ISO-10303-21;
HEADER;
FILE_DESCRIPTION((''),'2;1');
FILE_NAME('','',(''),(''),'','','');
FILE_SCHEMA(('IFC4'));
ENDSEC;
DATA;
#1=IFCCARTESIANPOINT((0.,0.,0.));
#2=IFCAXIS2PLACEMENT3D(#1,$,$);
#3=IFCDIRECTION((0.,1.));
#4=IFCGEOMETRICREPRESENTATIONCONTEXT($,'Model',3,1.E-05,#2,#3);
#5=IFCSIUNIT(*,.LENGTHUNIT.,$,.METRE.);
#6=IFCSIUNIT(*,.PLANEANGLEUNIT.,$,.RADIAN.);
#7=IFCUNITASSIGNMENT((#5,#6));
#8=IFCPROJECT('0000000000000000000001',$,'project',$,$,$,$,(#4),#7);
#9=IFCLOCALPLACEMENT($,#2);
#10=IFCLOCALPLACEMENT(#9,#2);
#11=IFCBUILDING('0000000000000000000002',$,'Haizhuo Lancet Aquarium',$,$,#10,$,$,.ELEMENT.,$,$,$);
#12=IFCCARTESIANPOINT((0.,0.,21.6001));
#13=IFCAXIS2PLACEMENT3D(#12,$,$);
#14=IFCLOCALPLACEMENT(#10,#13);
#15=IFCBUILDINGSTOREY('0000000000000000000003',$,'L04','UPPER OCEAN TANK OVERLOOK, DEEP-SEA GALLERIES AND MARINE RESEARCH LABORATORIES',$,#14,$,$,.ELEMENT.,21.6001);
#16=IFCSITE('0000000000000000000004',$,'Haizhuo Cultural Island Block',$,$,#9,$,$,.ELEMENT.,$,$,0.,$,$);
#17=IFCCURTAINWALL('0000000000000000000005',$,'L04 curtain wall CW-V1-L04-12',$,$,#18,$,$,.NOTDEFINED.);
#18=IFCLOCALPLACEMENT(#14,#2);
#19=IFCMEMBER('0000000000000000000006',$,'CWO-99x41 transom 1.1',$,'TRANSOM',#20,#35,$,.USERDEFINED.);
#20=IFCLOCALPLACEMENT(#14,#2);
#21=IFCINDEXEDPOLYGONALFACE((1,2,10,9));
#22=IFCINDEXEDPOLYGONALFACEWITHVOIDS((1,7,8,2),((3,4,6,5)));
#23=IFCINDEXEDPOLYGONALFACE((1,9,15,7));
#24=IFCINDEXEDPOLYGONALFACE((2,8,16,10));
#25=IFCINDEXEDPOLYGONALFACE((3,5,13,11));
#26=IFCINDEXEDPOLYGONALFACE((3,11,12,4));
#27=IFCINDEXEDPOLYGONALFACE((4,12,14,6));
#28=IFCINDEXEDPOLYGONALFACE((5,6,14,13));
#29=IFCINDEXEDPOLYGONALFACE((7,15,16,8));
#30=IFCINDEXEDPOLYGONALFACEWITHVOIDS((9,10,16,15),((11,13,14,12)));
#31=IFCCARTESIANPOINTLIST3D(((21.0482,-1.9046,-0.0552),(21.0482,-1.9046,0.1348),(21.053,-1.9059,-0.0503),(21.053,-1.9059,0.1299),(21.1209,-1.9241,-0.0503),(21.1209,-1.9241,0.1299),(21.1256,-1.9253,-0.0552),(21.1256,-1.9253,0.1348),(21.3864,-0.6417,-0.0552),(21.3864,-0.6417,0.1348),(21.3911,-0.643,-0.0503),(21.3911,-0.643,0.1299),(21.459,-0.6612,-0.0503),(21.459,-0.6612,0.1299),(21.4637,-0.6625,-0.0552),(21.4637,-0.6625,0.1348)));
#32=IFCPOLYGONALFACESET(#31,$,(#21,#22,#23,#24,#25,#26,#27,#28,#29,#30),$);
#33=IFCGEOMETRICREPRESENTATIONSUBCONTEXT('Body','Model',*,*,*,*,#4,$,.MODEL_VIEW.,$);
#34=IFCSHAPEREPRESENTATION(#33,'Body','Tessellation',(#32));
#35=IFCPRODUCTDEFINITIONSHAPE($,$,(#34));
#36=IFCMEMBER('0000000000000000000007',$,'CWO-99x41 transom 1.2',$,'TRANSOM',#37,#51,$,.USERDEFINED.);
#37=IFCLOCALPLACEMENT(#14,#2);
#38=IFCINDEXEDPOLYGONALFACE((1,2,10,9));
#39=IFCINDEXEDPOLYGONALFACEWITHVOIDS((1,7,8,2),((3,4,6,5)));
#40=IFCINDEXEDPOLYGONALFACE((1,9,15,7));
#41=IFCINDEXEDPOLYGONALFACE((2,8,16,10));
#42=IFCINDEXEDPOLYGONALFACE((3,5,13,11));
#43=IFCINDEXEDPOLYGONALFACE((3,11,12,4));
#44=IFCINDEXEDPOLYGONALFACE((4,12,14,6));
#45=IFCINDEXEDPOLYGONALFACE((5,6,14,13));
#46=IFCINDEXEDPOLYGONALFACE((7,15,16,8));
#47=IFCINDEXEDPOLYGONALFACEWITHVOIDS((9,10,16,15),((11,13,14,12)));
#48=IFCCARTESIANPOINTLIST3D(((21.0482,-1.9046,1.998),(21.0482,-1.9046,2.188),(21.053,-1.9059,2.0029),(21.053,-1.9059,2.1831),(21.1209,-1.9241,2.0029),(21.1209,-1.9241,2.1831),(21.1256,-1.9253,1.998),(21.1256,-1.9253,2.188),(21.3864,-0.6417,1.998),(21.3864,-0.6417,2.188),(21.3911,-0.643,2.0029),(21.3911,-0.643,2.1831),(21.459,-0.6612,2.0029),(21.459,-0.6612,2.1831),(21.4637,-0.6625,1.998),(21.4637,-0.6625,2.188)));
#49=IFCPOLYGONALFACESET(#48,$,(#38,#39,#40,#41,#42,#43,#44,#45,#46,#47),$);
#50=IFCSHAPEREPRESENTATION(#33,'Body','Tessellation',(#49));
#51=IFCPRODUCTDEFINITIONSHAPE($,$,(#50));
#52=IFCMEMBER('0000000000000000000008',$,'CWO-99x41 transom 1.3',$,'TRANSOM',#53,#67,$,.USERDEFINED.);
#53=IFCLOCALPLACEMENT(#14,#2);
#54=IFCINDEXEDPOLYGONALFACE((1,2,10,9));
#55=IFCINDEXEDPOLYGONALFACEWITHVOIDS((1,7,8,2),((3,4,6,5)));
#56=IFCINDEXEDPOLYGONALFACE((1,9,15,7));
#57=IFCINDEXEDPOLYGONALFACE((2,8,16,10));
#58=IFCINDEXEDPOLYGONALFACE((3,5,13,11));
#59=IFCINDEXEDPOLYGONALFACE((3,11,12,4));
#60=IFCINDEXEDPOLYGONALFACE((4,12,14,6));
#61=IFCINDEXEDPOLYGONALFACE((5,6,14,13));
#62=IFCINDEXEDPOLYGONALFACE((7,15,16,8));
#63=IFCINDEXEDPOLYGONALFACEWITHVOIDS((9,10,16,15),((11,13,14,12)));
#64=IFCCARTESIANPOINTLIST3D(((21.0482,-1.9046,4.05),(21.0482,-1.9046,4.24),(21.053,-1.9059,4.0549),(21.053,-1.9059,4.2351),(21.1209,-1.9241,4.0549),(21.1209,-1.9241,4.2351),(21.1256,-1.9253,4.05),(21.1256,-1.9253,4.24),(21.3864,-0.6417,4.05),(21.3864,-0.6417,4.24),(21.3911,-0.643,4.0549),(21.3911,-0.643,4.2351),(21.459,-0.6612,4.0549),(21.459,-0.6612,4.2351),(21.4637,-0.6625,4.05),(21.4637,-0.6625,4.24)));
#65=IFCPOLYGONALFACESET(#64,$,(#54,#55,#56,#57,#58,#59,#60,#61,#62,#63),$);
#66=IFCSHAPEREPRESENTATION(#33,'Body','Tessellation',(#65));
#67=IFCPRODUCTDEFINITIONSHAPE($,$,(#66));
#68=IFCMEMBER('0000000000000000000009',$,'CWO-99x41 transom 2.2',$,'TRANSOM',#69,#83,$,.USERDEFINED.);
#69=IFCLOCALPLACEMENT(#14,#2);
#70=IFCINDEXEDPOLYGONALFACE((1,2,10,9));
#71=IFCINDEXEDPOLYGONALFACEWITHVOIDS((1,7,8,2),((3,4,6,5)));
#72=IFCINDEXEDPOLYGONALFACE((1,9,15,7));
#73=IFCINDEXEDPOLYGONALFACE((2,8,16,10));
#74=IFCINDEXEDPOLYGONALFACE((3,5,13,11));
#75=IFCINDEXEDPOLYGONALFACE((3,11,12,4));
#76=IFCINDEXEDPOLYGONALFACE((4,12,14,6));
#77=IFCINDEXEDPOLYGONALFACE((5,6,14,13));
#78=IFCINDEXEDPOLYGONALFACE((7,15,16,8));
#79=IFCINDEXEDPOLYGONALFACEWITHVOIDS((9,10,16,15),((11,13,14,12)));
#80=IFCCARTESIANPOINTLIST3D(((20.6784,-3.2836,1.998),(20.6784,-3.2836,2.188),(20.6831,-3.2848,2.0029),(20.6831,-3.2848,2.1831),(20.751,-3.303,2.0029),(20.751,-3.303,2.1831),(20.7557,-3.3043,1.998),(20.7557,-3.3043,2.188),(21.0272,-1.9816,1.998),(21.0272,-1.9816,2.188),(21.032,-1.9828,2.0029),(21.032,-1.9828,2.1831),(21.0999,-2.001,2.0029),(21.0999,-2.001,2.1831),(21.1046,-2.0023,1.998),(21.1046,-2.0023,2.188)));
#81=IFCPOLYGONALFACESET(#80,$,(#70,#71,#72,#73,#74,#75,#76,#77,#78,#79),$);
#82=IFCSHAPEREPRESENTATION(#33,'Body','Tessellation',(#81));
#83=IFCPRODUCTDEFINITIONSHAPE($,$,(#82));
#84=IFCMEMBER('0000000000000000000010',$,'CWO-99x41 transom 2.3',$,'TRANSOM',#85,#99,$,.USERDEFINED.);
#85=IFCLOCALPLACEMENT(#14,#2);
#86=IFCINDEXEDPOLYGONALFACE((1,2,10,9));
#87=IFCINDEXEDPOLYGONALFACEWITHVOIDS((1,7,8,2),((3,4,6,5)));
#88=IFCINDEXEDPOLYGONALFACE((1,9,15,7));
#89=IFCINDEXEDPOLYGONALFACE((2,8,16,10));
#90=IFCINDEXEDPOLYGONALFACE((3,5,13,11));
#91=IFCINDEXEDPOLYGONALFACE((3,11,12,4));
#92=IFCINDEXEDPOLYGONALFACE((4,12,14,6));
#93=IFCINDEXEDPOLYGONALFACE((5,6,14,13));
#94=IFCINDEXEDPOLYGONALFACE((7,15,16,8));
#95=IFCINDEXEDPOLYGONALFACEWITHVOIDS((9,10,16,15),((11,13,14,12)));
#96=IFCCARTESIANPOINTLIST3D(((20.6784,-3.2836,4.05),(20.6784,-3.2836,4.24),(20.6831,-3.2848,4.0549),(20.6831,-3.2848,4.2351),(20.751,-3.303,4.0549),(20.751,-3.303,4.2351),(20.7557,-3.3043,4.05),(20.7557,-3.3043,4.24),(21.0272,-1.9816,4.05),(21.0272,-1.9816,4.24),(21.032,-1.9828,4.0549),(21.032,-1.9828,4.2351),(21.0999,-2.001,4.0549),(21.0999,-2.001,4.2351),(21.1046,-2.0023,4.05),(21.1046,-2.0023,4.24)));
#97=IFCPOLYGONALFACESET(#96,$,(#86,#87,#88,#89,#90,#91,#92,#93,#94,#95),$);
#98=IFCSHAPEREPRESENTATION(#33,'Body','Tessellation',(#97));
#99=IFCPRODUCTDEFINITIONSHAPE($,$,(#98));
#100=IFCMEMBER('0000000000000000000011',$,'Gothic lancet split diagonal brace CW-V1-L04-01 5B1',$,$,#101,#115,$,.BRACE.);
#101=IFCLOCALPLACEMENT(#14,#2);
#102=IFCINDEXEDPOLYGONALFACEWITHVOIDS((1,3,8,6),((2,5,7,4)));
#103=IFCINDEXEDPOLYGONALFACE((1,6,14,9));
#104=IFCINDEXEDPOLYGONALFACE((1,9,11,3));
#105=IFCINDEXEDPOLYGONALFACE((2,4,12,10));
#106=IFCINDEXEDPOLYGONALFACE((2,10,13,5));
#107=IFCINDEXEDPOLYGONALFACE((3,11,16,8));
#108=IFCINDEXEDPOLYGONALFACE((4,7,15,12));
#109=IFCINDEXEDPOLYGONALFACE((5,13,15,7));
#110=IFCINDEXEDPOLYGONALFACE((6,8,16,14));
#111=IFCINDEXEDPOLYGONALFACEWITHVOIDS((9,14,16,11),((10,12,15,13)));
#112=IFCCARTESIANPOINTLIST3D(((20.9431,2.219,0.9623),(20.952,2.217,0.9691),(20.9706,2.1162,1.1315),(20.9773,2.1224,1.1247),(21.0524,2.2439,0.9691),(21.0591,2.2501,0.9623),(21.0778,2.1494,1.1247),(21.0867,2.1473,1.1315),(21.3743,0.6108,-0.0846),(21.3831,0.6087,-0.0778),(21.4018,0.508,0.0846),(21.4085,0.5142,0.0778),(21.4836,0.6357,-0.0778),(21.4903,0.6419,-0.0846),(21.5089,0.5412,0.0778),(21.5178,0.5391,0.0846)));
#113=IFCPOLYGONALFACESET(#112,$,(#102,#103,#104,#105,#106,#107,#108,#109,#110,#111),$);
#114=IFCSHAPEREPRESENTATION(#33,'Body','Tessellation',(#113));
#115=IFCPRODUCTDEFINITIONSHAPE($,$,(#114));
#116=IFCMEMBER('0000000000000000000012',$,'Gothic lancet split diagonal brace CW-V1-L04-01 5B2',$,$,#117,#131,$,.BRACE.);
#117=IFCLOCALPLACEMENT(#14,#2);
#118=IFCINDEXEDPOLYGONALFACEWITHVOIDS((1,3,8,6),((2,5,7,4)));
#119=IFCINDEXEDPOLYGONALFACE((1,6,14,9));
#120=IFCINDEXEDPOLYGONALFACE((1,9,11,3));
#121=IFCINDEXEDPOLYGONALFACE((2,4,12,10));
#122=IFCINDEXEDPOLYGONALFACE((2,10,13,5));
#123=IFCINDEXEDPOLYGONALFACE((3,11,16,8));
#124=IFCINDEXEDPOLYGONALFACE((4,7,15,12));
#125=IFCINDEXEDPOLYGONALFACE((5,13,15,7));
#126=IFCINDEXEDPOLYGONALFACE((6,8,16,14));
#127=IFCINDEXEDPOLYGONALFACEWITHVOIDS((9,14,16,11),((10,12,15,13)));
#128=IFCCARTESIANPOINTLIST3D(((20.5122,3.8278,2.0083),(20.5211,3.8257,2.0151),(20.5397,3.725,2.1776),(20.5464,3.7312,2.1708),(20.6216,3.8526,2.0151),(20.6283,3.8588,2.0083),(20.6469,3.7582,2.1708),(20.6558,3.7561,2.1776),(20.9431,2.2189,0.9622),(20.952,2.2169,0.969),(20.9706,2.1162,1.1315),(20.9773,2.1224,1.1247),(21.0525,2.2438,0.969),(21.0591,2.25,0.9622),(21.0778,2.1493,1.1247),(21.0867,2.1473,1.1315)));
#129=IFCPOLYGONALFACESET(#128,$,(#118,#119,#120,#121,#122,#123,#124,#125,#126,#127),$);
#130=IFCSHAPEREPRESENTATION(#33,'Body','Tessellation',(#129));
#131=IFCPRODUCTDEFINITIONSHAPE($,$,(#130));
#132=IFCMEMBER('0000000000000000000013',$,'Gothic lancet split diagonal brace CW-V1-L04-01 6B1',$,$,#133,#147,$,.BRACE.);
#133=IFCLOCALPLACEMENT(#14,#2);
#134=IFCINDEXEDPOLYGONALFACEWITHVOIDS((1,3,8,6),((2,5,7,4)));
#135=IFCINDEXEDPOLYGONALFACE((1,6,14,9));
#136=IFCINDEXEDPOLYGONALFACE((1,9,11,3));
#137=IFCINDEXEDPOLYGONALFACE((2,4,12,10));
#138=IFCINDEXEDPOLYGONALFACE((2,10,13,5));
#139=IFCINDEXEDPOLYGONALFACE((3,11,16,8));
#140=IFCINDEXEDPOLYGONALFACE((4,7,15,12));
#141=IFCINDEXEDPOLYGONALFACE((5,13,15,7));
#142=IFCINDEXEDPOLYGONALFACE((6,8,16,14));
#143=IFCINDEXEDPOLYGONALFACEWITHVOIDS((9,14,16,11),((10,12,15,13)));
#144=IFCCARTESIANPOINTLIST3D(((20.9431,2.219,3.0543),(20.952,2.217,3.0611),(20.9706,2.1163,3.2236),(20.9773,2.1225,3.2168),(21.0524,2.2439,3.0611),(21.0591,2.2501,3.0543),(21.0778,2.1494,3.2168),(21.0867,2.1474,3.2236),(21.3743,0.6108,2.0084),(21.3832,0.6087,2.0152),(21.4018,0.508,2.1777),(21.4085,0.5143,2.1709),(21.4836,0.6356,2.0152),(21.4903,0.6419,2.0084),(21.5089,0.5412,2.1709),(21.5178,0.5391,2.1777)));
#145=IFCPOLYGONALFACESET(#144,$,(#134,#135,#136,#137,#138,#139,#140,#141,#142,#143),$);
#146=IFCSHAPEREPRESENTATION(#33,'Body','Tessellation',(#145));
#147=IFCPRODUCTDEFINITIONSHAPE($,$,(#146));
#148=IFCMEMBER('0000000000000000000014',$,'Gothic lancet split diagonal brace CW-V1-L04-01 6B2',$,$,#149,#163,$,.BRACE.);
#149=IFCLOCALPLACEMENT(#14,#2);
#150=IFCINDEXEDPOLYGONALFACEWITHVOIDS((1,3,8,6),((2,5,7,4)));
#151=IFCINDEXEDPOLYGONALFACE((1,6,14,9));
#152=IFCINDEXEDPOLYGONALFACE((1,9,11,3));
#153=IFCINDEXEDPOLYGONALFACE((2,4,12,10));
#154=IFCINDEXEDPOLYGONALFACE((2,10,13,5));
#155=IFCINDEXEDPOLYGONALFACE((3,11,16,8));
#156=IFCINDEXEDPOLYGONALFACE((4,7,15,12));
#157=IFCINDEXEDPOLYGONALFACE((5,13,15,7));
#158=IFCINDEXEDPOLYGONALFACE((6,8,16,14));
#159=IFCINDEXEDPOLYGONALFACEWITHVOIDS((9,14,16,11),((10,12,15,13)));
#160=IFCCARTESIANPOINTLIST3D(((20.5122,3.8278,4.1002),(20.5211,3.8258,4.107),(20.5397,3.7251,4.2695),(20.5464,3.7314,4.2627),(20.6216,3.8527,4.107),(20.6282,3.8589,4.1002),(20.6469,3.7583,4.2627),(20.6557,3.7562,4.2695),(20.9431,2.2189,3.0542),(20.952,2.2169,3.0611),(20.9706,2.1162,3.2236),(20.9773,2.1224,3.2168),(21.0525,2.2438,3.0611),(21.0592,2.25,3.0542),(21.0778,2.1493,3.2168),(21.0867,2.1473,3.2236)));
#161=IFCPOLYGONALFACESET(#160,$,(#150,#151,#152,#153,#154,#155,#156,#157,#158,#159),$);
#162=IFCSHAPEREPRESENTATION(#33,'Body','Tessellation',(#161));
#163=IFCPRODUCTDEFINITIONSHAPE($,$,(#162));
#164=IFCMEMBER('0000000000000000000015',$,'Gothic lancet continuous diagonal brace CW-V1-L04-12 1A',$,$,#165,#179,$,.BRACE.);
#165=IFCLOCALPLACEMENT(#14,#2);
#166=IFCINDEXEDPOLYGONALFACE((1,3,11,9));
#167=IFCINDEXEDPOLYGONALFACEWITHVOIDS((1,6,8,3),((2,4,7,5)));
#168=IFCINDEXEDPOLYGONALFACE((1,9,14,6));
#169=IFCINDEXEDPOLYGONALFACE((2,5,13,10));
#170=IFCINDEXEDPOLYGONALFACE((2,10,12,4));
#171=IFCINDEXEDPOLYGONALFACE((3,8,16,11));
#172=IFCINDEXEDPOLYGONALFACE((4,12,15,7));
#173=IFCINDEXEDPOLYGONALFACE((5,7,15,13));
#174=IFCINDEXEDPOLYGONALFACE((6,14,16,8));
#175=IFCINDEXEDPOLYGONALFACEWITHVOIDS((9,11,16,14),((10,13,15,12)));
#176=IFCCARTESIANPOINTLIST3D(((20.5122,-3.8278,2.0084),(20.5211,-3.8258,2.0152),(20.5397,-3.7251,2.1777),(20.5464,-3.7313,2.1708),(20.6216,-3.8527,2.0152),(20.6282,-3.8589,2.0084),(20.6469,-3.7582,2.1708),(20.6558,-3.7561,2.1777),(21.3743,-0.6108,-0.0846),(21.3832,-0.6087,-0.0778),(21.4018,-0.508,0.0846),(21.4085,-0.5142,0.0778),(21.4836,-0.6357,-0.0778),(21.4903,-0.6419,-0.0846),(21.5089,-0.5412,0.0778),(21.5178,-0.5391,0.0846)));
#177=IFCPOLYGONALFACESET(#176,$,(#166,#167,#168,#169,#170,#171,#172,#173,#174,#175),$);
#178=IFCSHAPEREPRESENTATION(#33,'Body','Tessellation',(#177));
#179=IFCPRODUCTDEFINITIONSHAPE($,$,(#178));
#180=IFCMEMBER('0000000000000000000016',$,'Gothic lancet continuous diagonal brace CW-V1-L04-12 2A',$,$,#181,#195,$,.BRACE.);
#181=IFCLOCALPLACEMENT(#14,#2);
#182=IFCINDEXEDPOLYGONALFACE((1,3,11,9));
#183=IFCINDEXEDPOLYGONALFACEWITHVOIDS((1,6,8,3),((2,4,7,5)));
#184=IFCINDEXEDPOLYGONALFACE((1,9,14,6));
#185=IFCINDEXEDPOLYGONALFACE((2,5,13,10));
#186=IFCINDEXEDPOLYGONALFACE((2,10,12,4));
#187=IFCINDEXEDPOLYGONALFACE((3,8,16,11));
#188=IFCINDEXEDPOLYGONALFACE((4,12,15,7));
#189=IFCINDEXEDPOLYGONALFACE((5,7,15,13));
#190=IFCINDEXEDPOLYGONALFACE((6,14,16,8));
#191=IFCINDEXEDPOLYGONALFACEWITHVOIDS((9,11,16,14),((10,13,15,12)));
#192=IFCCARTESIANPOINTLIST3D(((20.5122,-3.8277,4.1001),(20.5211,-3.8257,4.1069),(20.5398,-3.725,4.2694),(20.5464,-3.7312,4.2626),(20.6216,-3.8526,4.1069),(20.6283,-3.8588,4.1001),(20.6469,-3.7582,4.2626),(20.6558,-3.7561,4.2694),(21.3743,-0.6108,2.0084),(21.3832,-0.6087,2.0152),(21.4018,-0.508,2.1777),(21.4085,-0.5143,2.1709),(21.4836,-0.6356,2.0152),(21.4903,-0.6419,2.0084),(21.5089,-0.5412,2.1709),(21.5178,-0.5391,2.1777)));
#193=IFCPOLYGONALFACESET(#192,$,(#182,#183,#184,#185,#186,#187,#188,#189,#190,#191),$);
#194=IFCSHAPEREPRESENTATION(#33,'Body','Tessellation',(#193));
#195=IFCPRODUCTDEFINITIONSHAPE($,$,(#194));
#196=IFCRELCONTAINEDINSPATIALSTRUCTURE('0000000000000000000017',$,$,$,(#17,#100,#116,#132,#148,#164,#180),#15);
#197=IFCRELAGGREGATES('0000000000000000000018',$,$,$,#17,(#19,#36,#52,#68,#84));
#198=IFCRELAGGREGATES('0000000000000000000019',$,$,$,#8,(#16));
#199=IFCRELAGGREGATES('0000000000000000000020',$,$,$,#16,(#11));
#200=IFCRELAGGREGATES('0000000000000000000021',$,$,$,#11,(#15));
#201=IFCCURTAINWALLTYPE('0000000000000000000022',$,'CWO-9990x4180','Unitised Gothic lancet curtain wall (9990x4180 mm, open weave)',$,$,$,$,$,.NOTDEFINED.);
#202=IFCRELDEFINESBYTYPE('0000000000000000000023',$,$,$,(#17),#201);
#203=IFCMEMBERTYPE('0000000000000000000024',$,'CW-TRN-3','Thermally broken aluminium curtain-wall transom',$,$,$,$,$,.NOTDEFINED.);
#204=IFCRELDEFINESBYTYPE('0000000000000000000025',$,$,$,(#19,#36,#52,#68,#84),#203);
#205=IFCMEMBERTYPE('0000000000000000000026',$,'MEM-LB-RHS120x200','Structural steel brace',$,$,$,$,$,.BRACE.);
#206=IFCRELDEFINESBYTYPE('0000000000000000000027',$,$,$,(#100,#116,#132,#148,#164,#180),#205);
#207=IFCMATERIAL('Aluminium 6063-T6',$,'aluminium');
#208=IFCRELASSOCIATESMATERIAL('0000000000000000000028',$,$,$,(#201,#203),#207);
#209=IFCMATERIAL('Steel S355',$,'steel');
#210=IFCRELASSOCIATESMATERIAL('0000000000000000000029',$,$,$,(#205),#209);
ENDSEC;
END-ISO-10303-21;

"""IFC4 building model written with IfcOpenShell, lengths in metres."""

from ifc_helpers import new_model, si_unit, direction, frame, origin, origin_2d, place, context, subcontext, project, spatial, hollow_rectangle, extrude, material, material_profile, profile_set, type_object, element, aggregate, save


model = new_model("IFC4")

# Units and contexts
model_context = context("Model", 3, precision=1e-05, world=origin(), true_north=direction((0.0, 1.0)))
body_context = subcontext(model_context, "Body", "Model", "MODEL_VIEW")
ifc_project = project(units=[si_unit("LENGTHUNIT", "METRE"), si_unit("PLANEANGLEUNIT", "RADIAN")], contexts=[model_context])

# Site, building, storey
site_placement = place(None, origin())
site = spatial("IfcSite", under=ifc_project, at=site_placement, Name="Haizhuo Cultural Island Block", CompositionType="ELEMENT", RefElevation=0.0)
building_placement = place(site_placement, origin())
building = spatial("IfcBuilding", under=site, at=building_placement, Name="Haizhuo Lancet Aquarium", CompositionType="ELEMENT")
storey_placement = place(building_placement, frame((0.0, 0.0, 21.6001)))
storey = spatial("IfcBuildingStorey", under=building, at=storey_placement, Name="L04", Description="UPPER OCEAN TANK OVERLOOK, DEEP-SEA GALLERIES AND MARINE RESEARCH LABORATORIES", CompositionType="ELEMENT", Elevation=21.6001)

# Curtain wall
ifc_material_1 = material(Name="Aluminium 6063-T6", Category="aluminium")
curtain_wall_type = type_object("IfcCurtainWallType", Name="CWO-9990x4180", Description="Unitised Gothic lancet curtain wall (9990x4180 mm, open weave)", PredefinedType="NOTDEFINED", material=ifc_material_1)
curtain_wall_1_placement = place(storey_placement, origin())
curtain_wall_1 = element("IfcCurtainWall", 1, at=curtain_wall_1_placement, inside=storey, type_object=curtain_wall_type, Name="L04 curtain wall CW-V1-L04-12", PredefinedType="NOTDEFINED")

# Members
ifc_material_profile_1 = material_profile(ifc_material_1, hollow_rectangle(XDim=0.0801, YDim=0.1899, WallThickness=0.0049, at=origin_2d()), Name="ALU-T 80x190x5")
ifc_profile_set_1 = profile_set([ifc_material_profile_1], Name="Aluminium 6063-T6")
member_type_1 = type_object("IfcMemberType", Name="CW-TRN-3", Description="Thermally broken aluminium curtain-wall transom", PredefinedType="NOTDEFINED", material=ifc_profile_set_1)
member_1_placement = place(storey_placement, frame((21.425, -0.6521, 0.0398), z_axis=(-0.258627, -0.965977, 0.0), x_axis=(0.965977, -0.258627, 0.0)))
member_1 = element("IfcMember", 2, at=member_1_placement, type_object=member_type_1, Name="CWO-99x41 transom 1.1", ObjectType="TRANSOM", PredefinedType="USERDEFINED", context=body_context, shape_type="SweptSolid", body=[
    extrude(hollow_rectangle(XDim=0.0801, YDim=0.1899, WallThickness=0.0049, at=origin_2d()), origin(), (0.0, 0.0, 1.0), 1.3074),
])
member_2_placement = place(storey_placement, frame((21.425, -0.6521, 2.093), z_axis=(-0.258627, -0.965977, 0.0), x_axis=(0.965977, -0.258627, 0.0)))
member_2 = element("IfcMember", 3, at=member_2_placement, type_object=member_type_1, Name="CWO-99x41 transom 1.2", ObjectType="TRANSOM", PredefinedType="USERDEFINED", context=body_context, shape_type="SweptSolid", body=[
    extrude(hollow_rectangle(XDim=0.0801, YDim=0.1899, WallThickness=0.0049, at=origin_2d()), origin(), (0.0, 0.0, 1.0), 1.3074),
])
member_3_placement = place(storey_placement, frame((21.425, -0.6521, 4.145), z_axis=(-0.258627, -0.965977, 0.0), x_axis=(0.965977, -0.258627, 0.0)))
member_3 = element("IfcMember", 4, at=member_3_placement, type_object=member_type_1, Name="CWO-99x41 transom 1.3", ObjectType="TRANSOM", PredefinedType="USERDEFINED", context=body_context, shape_type="SweptSolid", body=[
    extrude(hollow_rectangle(XDim=0.0801, YDim=0.1899, WallThickness=0.0049, at=origin_2d()), origin(), (0.0, 0.0, 1.0), 1.3074),
])
member_4_placement = place(storey_placement, frame((21.0659, -1.9919, 2.093), z_axis=(-0.258824, -0.965925, 0.0), x_axis=(0.965925, -0.258824, 0.0)))
member_4 = element("IfcMember", 5, at=member_4_placement, type_object=member_type_1, Name="CWO-99x41 transom 2.2", ObjectType="TRANSOM", PredefinedType="USERDEFINED", context=body_context, shape_type="SweptSolid", body=[
    extrude(hollow_rectangle(XDim=0.0801, YDim=0.1899, WallThickness=0.0049, at=origin_2d()), origin(), (0.0, 0.0, 1.0), 1.3479),
])
member_5_placement = place(storey_placement, frame((21.0659, -1.9919, 4.145), z_axis=(-0.258824, -0.965925, 0.0), x_axis=(0.965925, -0.258824, 0.0)))
member_5 = element("IfcMember", 6, at=member_5_placement, type_object=member_type_1, Name="CWO-99x41 transom 2.3", ObjectType="TRANSOM", PredefinedType="USERDEFINED", context=body_context, shape_type="SweptSolid", body=[
    extrude(hollow_rectangle(XDim=0.0801, YDim=0.1899, WallThickness=0.0049, at=origin_2d()), origin(), (0.0, 0.0, 1.0), 1.3479),
])

# Members
ifc_material_2 = material(Name="Steel S355", Category="steel")
ifc_material_profile_2 = material_profile(ifc_material_2, hollow_rectangle(XDim=0.1201, YDim=0.2, WallThickness=0.0081, at=origin_2d()), Name="RHS 120x200x8")
ifc_profile_set_2 = profile_set([ifc_material_profile_2], Name="Steel S355")
member_type_2 = type_object("IfcMemberType", Name="MEM-LB-RHS120x200", Description="Structural steel brace", PredefinedType="BRACE", material=ifc_profile_set_2)
for number, where, z_axis, x_axis, name in (
    (7, (21.446, 0.575, 0.0), (-0.219224, 0.817682, 0.532294), (-0.965888, -0.258958, 0.0), "Gothic lancet split diagonal brace CW-V1-L04-01 5B1"),
    (8, (21.0149, 2.1831, 1.0469), (-0.219082, 0.81799, 0.53188), (-0.965955, -0.258712, 0.0), "Gothic lancet split diagonal brace CW-V1-L04-01 5B2"),
):
    element("IfcMember", number, at=place(storey_placement, frame(where, z_axis=z_axis, x_axis=x_axis)), inside=storey, type_object=member_type_2, Name=name, PredefinedType="BRACE", context=body_context, shape_type="SweptSolid", body=[
        extrude(hollow_rectangle(XDim=0.1201, YDim=0.2, WallThickness=0.0081, at=origin_2d()), origin(), (0.0, 0.0, 1.0), 1.9668),
    ])
member_6_placement = place(storey_placement, frame((21.446, 0.575, 2.093), z_axis=(-0.219282, 0.817898, 0.531938), x_axis=(-0.965888, -0.258958, 0.0)))
element("IfcMember", 9, at=member_6_placement, inside=storey, type_object=member_type_2, Name="Gothic lancet split diagonal brace CW-V1-L04-01 6B1", PredefinedType="BRACE", context=body_context, shape_type="SweptSolid", body=[
    extrude(hollow_rectangle(XDim=0.1201, YDim=0.2, WallThickness=0.0081, at=origin_2d()), origin(), (0.0, 0.0, 1.0), 1.9663),
])
member_7_placement = place(storey_placement, frame((21.0149, 2.1831, 3.1389), z_axis=(-0.219097, 0.818044, 0.53179), x_axis=(-0.965955, -0.258712, 0.0)))
element("IfcMember", 10, at=member_7_placement, inside=storey, type_object=member_type_2, Name="Gothic lancet split diagonal brace CW-V1-L04-01 6B2", PredefinedType="BRACE", context=body_context, shape_type="SweptSolid", body=[
    extrude(hollow_rectangle(XDim=0.1201, YDim=0.2, WallThickness=0.0081, at=origin_2d()), origin(), (0.0, 0.0, 1.0), 1.9668),
])
member_8_placement = place(storey_placement, frame((21.446, -0.575, 0.0), z_axis=(-0.219153, -0.817836, 0.532087), x_axis=(0.965922, -0.258835, 0.0)))
element("IfcMember", 11, at=member_8_placement, inside=storey, type_object=member_type_2, Name="Gothic lancet continuous diagonal brace CW-V1-L04-12 1A", PredefinedType="BRACE", context=body_context, shape_type="SweptSolid", body=[
    extrude(hollow_rectangle(XDim=0.1201, YDim=0.2, WallThickness=0.0081, at=origin_2d()), origin(), (0.0, 0.0, 1.0), 3.9336),
])
member_9_placement = place(storey_placement, frame((21.446, -0.575, 2.093), z_axis=(-0.219189, -0.817971, 0.531864), x_axis=(0.965922, -0.258835, 0.0)))
element("IfcMember", 12, at=member_9_placement, inside=storey, type_object=member_type_2, Name="Gothic lancet continuous diagonal brace CW-V1-L04-12 2A", PredefinedType="BRACE", context=body_context, shape_type="SweptSolid", body=[
    extrude(hollow_rectangle(XDim=0.1201, YDim=0.2, WallThickness=0.0081, at=origin_2d()), origin(), (0.0, 0.0, 1.0), 3.9329),
])

aggregate(curtain_wall_1, [member_1, member_2, member_3, member_4, member_5])

save(model, "model.ifc")
